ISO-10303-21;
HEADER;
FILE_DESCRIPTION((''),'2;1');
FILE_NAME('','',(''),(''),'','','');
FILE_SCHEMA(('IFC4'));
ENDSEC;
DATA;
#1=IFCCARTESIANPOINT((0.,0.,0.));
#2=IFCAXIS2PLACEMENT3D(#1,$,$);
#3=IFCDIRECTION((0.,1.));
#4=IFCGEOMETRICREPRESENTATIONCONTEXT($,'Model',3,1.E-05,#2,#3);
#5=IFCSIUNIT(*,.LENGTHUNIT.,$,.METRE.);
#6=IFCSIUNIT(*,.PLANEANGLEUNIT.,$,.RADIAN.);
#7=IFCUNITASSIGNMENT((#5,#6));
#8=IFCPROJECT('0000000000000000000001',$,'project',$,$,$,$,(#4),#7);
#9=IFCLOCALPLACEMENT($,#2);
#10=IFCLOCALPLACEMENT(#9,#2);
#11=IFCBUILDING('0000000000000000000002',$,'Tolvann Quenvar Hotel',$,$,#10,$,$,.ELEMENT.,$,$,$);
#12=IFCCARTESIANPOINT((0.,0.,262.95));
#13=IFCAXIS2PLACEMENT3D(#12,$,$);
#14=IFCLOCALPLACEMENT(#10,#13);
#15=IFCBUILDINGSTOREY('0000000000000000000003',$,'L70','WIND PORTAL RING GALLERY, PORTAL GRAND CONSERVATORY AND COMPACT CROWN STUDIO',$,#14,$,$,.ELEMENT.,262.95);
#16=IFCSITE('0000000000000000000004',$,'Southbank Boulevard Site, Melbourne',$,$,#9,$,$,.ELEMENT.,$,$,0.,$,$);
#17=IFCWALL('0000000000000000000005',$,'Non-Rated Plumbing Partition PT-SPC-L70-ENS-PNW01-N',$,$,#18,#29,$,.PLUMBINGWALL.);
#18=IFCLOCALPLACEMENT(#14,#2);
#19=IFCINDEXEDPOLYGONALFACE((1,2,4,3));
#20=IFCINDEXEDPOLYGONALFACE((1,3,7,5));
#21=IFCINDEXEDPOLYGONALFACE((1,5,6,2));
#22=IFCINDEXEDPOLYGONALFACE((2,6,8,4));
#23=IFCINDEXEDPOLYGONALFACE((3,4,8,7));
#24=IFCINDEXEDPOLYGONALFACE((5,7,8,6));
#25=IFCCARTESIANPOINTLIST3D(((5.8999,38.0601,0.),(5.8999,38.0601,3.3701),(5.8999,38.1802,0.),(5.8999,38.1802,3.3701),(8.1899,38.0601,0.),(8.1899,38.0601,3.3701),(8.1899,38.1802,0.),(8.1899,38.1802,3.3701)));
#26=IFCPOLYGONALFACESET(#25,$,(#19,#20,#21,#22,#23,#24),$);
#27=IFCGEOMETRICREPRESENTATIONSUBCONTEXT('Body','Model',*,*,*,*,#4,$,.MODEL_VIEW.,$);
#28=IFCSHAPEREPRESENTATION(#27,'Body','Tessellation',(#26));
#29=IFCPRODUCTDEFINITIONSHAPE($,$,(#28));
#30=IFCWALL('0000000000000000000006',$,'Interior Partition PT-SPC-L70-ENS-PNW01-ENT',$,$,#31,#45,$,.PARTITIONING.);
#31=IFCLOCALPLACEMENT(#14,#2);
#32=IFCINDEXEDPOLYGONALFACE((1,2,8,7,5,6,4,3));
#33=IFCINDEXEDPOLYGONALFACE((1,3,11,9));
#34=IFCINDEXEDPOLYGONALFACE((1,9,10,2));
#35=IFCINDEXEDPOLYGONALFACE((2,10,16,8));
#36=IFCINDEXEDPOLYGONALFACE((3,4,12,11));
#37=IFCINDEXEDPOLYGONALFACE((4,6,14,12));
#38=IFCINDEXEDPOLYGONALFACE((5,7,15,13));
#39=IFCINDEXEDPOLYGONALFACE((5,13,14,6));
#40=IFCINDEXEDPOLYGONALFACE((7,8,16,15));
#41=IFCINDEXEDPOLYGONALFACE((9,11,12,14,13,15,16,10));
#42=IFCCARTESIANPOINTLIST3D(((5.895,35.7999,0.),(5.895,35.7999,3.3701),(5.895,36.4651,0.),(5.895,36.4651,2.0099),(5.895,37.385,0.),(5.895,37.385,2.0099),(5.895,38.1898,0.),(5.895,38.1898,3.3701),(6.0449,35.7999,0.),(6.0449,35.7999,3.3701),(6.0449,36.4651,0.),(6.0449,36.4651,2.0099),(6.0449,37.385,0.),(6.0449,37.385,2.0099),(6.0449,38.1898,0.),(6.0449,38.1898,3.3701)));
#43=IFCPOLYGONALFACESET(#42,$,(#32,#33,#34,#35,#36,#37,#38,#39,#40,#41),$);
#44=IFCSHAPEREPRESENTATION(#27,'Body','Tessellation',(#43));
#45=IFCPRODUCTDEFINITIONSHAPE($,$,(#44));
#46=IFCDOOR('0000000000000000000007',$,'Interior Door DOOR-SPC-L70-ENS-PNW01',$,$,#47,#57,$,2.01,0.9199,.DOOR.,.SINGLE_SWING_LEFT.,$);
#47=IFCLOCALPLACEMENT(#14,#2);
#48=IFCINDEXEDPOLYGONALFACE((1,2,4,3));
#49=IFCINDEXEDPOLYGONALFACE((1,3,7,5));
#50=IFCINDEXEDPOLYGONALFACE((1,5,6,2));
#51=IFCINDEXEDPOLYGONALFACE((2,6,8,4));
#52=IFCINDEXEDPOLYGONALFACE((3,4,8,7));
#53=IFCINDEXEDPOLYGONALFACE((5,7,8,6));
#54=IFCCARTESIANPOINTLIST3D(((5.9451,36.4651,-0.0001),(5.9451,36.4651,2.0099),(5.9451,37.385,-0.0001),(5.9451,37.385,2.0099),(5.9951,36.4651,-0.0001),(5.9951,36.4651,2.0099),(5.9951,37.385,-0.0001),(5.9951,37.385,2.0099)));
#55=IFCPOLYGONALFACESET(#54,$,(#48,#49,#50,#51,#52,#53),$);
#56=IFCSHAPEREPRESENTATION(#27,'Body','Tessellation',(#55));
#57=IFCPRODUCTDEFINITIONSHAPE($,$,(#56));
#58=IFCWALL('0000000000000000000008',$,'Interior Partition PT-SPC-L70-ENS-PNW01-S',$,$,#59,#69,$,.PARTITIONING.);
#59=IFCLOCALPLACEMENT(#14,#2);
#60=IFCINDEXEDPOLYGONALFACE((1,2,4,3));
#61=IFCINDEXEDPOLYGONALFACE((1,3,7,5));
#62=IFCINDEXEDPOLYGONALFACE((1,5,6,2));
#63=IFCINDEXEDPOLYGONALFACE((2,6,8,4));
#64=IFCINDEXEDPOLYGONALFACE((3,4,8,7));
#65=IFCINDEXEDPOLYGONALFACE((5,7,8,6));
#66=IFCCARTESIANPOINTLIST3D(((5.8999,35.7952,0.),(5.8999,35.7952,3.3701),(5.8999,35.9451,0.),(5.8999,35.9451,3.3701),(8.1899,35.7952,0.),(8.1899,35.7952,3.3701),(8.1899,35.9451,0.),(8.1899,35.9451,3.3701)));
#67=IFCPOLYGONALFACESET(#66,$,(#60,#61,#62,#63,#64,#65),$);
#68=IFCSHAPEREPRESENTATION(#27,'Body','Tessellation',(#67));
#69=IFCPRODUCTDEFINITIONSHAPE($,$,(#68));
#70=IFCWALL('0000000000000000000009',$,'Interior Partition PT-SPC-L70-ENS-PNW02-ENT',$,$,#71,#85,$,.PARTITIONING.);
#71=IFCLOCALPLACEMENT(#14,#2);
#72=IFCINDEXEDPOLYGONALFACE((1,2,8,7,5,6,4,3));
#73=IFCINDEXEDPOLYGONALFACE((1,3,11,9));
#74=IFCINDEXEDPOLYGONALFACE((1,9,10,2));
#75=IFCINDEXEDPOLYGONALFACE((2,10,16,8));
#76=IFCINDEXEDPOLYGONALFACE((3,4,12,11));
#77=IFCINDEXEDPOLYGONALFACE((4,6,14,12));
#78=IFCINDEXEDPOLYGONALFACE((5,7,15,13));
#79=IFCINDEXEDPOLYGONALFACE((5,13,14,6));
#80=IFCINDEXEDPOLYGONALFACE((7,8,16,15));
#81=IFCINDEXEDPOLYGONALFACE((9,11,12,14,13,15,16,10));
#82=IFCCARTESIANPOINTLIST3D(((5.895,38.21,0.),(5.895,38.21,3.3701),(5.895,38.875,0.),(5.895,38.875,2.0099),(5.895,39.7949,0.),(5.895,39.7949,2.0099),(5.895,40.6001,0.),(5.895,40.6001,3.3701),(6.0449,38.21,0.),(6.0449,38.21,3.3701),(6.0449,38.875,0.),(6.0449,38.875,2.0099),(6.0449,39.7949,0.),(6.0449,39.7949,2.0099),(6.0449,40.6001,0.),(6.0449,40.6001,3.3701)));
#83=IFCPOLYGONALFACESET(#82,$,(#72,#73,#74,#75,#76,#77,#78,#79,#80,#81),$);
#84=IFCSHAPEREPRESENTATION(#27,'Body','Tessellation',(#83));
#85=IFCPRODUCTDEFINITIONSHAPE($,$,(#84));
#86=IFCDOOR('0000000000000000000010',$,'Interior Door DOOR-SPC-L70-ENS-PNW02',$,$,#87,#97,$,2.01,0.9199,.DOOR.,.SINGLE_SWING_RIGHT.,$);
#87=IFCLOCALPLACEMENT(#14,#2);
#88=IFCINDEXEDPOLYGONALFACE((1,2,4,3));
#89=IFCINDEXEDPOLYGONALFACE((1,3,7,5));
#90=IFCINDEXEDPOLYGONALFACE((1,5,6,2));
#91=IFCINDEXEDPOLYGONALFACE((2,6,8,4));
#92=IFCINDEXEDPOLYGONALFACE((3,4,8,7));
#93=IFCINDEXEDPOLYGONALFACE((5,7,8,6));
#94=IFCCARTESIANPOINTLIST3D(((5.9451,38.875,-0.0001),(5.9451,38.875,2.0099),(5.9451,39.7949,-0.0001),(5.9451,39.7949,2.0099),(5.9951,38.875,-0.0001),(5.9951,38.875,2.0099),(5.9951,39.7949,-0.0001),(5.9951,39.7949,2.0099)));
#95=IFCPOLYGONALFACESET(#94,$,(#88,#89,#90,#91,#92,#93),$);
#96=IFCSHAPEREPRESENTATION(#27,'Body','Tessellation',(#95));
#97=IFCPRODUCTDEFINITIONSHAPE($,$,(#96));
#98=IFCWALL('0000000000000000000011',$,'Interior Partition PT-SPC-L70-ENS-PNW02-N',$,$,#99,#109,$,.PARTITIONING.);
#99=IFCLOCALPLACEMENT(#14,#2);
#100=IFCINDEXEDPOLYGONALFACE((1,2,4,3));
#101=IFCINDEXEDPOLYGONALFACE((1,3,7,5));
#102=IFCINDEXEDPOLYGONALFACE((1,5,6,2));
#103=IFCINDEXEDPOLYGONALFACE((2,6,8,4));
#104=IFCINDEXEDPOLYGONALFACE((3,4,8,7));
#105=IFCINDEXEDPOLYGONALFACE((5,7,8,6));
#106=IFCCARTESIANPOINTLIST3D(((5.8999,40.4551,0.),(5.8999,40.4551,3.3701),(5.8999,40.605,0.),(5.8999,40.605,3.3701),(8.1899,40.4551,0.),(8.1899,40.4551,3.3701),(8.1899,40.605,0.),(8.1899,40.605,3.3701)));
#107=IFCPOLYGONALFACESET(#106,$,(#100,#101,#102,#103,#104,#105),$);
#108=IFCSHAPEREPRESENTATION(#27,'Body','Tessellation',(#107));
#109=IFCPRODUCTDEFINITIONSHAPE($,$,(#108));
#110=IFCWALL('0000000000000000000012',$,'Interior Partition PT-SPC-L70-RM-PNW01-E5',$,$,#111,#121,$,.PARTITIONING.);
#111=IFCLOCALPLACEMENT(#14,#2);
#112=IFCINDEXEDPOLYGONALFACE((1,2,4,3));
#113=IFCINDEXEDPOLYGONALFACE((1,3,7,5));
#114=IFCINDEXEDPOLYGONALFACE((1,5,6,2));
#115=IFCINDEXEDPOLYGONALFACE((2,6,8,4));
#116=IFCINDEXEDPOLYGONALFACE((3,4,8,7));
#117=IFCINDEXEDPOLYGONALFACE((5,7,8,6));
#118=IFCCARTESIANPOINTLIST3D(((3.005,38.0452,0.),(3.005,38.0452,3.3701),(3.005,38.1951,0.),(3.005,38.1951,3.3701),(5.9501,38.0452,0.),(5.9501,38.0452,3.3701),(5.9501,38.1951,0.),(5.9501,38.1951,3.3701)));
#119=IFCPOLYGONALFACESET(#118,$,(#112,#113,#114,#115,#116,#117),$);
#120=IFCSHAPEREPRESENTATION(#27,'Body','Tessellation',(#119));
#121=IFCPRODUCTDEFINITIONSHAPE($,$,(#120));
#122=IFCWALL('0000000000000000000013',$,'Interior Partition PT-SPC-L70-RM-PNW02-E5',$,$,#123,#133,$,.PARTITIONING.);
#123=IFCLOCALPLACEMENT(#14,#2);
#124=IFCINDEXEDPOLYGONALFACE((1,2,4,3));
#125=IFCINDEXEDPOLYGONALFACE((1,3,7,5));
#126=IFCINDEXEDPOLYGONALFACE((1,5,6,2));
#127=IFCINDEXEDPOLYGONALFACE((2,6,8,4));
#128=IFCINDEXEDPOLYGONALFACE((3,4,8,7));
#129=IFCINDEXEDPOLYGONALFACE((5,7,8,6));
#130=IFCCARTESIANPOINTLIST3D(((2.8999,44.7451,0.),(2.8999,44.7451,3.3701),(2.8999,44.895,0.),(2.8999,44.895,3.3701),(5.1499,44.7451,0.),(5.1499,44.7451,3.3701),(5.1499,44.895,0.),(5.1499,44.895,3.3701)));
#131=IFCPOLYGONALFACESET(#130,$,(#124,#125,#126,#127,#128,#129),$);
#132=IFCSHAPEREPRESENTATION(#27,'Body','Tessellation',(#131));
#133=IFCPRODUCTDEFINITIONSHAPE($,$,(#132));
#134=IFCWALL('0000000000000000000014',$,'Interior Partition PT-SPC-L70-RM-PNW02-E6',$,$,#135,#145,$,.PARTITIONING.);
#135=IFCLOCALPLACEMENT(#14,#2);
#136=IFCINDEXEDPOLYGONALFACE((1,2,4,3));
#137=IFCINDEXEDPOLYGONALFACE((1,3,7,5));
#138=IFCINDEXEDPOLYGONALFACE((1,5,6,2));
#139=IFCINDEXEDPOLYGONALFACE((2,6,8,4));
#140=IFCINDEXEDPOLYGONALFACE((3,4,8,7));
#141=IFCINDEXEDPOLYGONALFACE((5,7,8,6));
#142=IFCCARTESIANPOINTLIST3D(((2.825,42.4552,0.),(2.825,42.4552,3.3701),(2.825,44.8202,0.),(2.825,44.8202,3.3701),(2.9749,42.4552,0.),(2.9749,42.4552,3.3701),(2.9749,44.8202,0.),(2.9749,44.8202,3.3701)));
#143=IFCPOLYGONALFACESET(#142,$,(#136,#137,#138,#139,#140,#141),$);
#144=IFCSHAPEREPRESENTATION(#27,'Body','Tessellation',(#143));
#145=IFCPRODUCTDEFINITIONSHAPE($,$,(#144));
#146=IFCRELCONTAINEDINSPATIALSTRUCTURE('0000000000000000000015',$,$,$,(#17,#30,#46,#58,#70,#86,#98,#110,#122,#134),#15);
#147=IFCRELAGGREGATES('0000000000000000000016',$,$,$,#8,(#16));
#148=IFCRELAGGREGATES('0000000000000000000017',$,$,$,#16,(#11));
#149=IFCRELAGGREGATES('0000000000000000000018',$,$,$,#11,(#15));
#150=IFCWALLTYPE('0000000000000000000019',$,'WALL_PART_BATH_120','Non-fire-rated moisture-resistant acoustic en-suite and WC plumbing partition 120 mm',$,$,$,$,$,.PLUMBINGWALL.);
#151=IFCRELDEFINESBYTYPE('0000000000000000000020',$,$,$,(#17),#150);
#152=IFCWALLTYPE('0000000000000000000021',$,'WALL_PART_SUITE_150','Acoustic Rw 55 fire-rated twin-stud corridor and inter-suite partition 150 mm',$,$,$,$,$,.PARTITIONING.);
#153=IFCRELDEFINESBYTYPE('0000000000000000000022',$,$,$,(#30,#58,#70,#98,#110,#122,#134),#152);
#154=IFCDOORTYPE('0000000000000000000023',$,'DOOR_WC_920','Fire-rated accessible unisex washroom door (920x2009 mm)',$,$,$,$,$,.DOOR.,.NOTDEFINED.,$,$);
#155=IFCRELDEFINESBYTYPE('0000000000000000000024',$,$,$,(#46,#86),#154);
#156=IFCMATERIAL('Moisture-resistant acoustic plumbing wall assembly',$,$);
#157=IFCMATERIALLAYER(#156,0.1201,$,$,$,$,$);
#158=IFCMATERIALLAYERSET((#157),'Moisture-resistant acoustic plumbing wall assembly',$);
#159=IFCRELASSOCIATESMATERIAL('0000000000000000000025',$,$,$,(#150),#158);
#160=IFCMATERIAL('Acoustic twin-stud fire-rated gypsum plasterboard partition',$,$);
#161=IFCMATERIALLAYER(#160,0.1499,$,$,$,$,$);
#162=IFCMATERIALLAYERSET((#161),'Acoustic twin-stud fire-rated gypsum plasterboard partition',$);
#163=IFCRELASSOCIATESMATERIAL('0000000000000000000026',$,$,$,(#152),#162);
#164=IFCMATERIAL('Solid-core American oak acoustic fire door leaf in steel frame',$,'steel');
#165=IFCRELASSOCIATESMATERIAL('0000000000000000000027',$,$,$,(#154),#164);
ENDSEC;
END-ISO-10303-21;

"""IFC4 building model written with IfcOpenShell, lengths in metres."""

from ifc_helpers import new_model, si_unit, direction, frame, frame_2d, origin, place, context, subcontext, project, spatial, rectangle, extrude, source, transform, mapped, material, layer, layer_set, type_object, type_shapes, element, fill, save


model = new_model("IFC4")

# Units and contexts
model_context = context("Model", 3, precision=1e-05, world=origin(), true_north=direction((0.0, 1.0)))
body_context = subcontext(model_context, "Body", "Model", "MODEL_VIEW")
ifc_project = project(units=[si_unit("LENGTHUNIT", "METRE"), si_unit("PLANEANGLEUNIT", "RADIAN")], contexts=[model_context])

# Site, building, storey
site_placement = place(None, origin())
site = spatial("IfcSite", under=ifc_project, at=site_placement, Name="Southbank Boulevard Site, Melbourne", CompositionType="ELEMENT", RefElevation=0.0)
building_placement = place(site_placement, origin())
building = spatial("IfcBuilding", under=site, at=building_placement, Name="Tolvann Quenvar Hotel", CompositionType="ELEMENT")
storey_placement = place(building_placement, frame((0.0, 0.0, 262.95)))
storey = spatial("IfcBuildingStorey", under=building, at=storey_placement, Name="L70", Description="WIND PORTAL RING GALLERY, PORTAL GRAND CONSERVATORY AND COMPACT CROWN STUDIO", CompositionType="ELEMENT", Elevation=262.95)

# Wall
ifc_material_1 = material(Name="Moisture-resistant acoustic plumbing wall assembly")
ifc_layer_1 = layer(ifc_material_1, 0.1201)
ifc_layer_set_1 = layer_set([ifc_layer_1], Name="Moisture-resistant acoustic plumbing wall assembly")
wall_type_1 = type_object("IfcWallType", Name="WALL_PART_BATH_120", Description="Non-fire-rated moisture-resistant acoustic en-suite and WC plumbing partition 120 mm", PredefinedType="PLUMBINGWALL", material=ifc_layer_set_1)
wall_1_placement = place(storey_placement, frame((5.8999, 38.1201, 0.0), z_axis=(0.0, 0.0, 1.0), x_axis=(1.0, 0.0, 0.0)))
element("IfcWall", 1, at=wall_1_placement, inside=storey, type_object=wall_type_1, Name="Non-Rated Plumbing Partition PT-SPC-L70-ENS-PNW01-N", PredefinedType="PLUMBINGWALL", context=body_context, shape_type="SweptSolid", body=[
    extrude(rectangle(XDim=2.29, YDim=0.1201, at=frame_2d((1.145, 0.0))), origin(), (0.0, 0.0, 1.0), 3.3701),
])

# Wall, opening, door
ifc_material_2 = material(Name="Acoustic twin-stud fire-rated gypsum plasterboard partition")
ifc_layer_2 = layer(ifc_material_2, 0.1499)
ifc_layer_set_2 = layer_set([ifc_layer_2], Name="Acoustic twin-stud fire-rated gypsum plasterboard partition")
wall_type_2 = type_object("IfcWallType", Name="WALL_PART_SUITE_150", Description="Acoustic Rw 55 fire-rated twin-stud corridor and inter-suite partition 150 mm", PredefinedType="PARTITIONING", material=ifc_layer_set_2)
wall_2_placement = place(storey_placement, frame((5.97, 35.8, 0.0), z_axis=(0.0, 0.0, 1.0), x_axis=(0.0, 1.0, 0.0)))
wall_2 = element("IfcWall", 2, at=wall_2_placement, inside=storey, type_object=wall_type_2, Name="Interior Partition PT-SPC-L70-ENS-PNW01-ENT", PredefinedType="PARTITIONING", context=body_context, shape_type="SweptSolid", body=[
    extrude(rectangle(XDim=2.3899, YDim=0.1499, at=frame_2d((1.1948, 0.0))), origin(), (0.0, 0.0, 1.0), 3.3701),
])
opening_1_placement = place(wall_2_placement, frame((0.665, 0.0, 0.0)))
opening_1 = element("IfcOpeningElement", 3, at=opening_1_placement, cuts=wall_2, PredefinedType="OPENING", context=body_context, shape_type="SweptSolid", body=[
    extrude(rectangle(XDim=0.9199, YDim=2.01, at=frame_2d((0.46, 1.0049))), frame((0.0, 0.085, 0.0), z_axis=(0.0, -1.0, 0.0), x_axis=(1.0, 0.0, 0.0)), (0.0, 0.0, 1.0), 0.1699),
])
ifc_material_3 = material(Name="Solid-core American oak acoustic fire door leaf in steel frame", Category="steel")
door_type = type_object("IfcDoorType", Name="DOOR_WC_920", Description="Fire-rated accessible unisex washroom door (920x2009 mm)", OperationType="NOTDEFINED", PredefinedType="DOOR", material=ifc_material_3)
shared_shape_1 = source(origin(), body_context, "Body", "SweptSolid", [
    extrude(rectangle(XDim=0.9199, YDim=2.01, at=frame_2d((0.46, 1.0049))), frame((0.0, 0.0249, 0.0), z_axis=(0.0, -1.0, 0.0), x_axis=(1.0, 0.0, 0.0)), (0.0, 0.0, 1.0), 0.05),
])
type_shapes(door_type, [shared_shape_1])
door_1_placement = place(opening_1_placement, origin())
door_1 = element("IfcDoor", 4, at=door_1_placement, inside=storey, type_object=door_type, Name="Interior Door DOOR-SPC-L70-ENS-PNW01", OperationType="SINGLE_SWING_LEFT", OverallHeight=2.01, OverallWidth=0.9199, PredefinedType="DOOR", context=body_context, shape_type="MappedRepresentation", body=[
    mapped(shared_shape_1, transform((0.0, 0.0, 0.0), x_axis=(1.0, 0.0, 0.0), y_axis=(0.0, 1.0, 0.0), z_axis=(0.0, 0.0, 1.0), scale=1.0)),
])
fill(opening_1, door_1)

# Wall
wall_3_placement = place(storey_placement, frame((5.8999, 35.8701, 0.0), z_axis=(0.0, 0.0, 1.0), x_axis=(1.0, 0.0, 0.0)))
element("IfcWall", 5, at=wall_3_placement, inside=storey, type_object=wall_type_2, Name="Interior Partition PT-SPC-L70-ENS-PNW01-S", PredefinedType="PARTITIONING", context=body_context, shape_type="SweptSolid", body=[
    extrude(rectangle(XDim=2.29, YDim=0.1499, at=frame_2d((1.145, 0.0))), origin(), (0.0, 0.0, 1.0), 3.3701),
])

# Wall, opening, door
wall_4_placement = place(storey_placement, frame((5.97, 38.21, 0.0), z_axis=(0.0, 0.0, 1.0), x_axis=(0.0, 1.0, 0.0)))
wall_4 = element("IfcWall", 6, at=wall_4_placement, inside=storey, type_object=wall_type_2, Name="Interior Partition PT-SPC-L70-ENS-PNW02-ENT", PredefinedType="PARTITIONING", context=body_context, shape_type="SweptSolid", body=[
    extrude(rectangle(XDim=2.3901, YDim=0.1499, at=frame_2d((1.1951, 0.0))), origin(), (0.0, 0.0, 1.0), 3.3701),
])
opening_2_placement = place(wall_4_placement, frame((0.665, 0.0, 0.0)))
opening_2 = element("IfcOpeningElement", 7, at=opening_2_placement, cuts=wall_4, PredefinedType="OPENING", context=body_context, shape_type="SweptSolid", body=[
    extrude(rectangle(XDim=0.9199, YDim=2.01, at=frame_2d((0.46, 1.0049))), frame((0.0, 0.085, 0.0), z_axis=(0.0, -1.0, 0.0), x_axis=(1.0, 0.0, 0.0)), (0.0, 0.0, 1.0), 0.1699),
])
door_2_placement = place(opening_2_placement, origin())
door_2 = element("IfcDoor", 8, at=door_2_placement, inside=storey, type_object=door_type, Name="Interior Door DOOR-SPC-L70-ENS-PNW02", OperationType="SINGLE_SWING_RIGHT", OverallHeight=2.01, OverallWidth=0.9199, PredefinedType="DOOR", context=body_context, shape_type="MappedRepresentation", body=[
    mapped(shared_shape_1, transform((0.0, 0.0, 0.0), x_axis=(1.0, 0.0, 0.0), y_axis=(0.0, 1.0, 0.0), z_axis=(0.0, 0.0, 1.0), scale=1.0)),
])
fill(opening_2, door_2)

# Walls
wall_5_placement = place(storey_placement, frame((5.8999, 40.53, 0.0), z_axis=(0.0, 0.0, 1.0), x_axis=(1.0, 0.0, 0.0)))
element("IfcWall", 9, at=wall_5_placement, inside=storey, type_object=wall_type_2, Name="Interior Partition PT-SPC-L70-ENS-PNW02-N", PredefinedType="PARTITIONING", context=body_context, shape_type="SweptSolid", body=[
    extrude(rectangle(XDim=2.29, YDim=0.1499, at=frame_2d((1.145, 0.0))), origin(), (0.0, 0.0, 1.0), 3.3701),
])
wall_6_placement = place(storey_placement, frame((3.0049, 38.1201, 0.0), z_axis=(0.0, 0.0, 1.0), x_axis=(1.0, 0.0, 0.0)))
element("IfcWall", 10, at=wall_6_placement, inside=storey, type_object=wall_type_2, Name="Interior Partition PT-SPC-L70-RM-PNW01-E5", PredefinedType="PARTITIONING", context=body_context, shape_type="SweptSolid", body=[
    extrude(rectangle(XDim=2.9451, YDim=0.1499, at=frame_2d((1.4727, 0.0))), origin(), (0.0, 0.0, 1.0), 3.3701),
])
wall_7_placement = place(storey_placement, frame((2.8999, 44.8201, 0.0), z_axis=(0.0, 0.0, 1.0), x_axis=(1.0, 0.0, 0.0)))
element("IfcWall", 11, at=wall_7_placement, inside=storey, type_object=wall_type_2, Name="Interior Partition PT-SPC-L70-RM-PNW02-E5", PredefinedType="PARTITIONING", context=body_context, shape_type="SweptSolid", body=[
    extrude(rectangle(XDim=2.25, YDim=0.1499, at=frame_2d((1.125, 0.0))), origin(), (0.0, 0.0, 1.0), 3.3701),
])
wall_8_placement = place(storey_placement, frame((2.8999, 42.4551, 0.0), z_axis=(0.0, 0.0, 1.0), x_axis=(0.0, 1.0, 0.0)))
element("IfcWall", 12, at=wall_8_placement, inside=storey, type_object=wall_type_2, Name="Interior Partition PT-SPC-L70-RM-PNW02-E6", PredefinedType="PARTITIONING", context=body_context, shape_type="SweptSolid", body=[
    extrude(rectangle(XDim=2.365, YDim=0.1499, at=frame_2d((1.1826, 0.0))), origin(), (0.0, 0.0, 1.0), 3.3701),
])

save(model, "model.ifc")
